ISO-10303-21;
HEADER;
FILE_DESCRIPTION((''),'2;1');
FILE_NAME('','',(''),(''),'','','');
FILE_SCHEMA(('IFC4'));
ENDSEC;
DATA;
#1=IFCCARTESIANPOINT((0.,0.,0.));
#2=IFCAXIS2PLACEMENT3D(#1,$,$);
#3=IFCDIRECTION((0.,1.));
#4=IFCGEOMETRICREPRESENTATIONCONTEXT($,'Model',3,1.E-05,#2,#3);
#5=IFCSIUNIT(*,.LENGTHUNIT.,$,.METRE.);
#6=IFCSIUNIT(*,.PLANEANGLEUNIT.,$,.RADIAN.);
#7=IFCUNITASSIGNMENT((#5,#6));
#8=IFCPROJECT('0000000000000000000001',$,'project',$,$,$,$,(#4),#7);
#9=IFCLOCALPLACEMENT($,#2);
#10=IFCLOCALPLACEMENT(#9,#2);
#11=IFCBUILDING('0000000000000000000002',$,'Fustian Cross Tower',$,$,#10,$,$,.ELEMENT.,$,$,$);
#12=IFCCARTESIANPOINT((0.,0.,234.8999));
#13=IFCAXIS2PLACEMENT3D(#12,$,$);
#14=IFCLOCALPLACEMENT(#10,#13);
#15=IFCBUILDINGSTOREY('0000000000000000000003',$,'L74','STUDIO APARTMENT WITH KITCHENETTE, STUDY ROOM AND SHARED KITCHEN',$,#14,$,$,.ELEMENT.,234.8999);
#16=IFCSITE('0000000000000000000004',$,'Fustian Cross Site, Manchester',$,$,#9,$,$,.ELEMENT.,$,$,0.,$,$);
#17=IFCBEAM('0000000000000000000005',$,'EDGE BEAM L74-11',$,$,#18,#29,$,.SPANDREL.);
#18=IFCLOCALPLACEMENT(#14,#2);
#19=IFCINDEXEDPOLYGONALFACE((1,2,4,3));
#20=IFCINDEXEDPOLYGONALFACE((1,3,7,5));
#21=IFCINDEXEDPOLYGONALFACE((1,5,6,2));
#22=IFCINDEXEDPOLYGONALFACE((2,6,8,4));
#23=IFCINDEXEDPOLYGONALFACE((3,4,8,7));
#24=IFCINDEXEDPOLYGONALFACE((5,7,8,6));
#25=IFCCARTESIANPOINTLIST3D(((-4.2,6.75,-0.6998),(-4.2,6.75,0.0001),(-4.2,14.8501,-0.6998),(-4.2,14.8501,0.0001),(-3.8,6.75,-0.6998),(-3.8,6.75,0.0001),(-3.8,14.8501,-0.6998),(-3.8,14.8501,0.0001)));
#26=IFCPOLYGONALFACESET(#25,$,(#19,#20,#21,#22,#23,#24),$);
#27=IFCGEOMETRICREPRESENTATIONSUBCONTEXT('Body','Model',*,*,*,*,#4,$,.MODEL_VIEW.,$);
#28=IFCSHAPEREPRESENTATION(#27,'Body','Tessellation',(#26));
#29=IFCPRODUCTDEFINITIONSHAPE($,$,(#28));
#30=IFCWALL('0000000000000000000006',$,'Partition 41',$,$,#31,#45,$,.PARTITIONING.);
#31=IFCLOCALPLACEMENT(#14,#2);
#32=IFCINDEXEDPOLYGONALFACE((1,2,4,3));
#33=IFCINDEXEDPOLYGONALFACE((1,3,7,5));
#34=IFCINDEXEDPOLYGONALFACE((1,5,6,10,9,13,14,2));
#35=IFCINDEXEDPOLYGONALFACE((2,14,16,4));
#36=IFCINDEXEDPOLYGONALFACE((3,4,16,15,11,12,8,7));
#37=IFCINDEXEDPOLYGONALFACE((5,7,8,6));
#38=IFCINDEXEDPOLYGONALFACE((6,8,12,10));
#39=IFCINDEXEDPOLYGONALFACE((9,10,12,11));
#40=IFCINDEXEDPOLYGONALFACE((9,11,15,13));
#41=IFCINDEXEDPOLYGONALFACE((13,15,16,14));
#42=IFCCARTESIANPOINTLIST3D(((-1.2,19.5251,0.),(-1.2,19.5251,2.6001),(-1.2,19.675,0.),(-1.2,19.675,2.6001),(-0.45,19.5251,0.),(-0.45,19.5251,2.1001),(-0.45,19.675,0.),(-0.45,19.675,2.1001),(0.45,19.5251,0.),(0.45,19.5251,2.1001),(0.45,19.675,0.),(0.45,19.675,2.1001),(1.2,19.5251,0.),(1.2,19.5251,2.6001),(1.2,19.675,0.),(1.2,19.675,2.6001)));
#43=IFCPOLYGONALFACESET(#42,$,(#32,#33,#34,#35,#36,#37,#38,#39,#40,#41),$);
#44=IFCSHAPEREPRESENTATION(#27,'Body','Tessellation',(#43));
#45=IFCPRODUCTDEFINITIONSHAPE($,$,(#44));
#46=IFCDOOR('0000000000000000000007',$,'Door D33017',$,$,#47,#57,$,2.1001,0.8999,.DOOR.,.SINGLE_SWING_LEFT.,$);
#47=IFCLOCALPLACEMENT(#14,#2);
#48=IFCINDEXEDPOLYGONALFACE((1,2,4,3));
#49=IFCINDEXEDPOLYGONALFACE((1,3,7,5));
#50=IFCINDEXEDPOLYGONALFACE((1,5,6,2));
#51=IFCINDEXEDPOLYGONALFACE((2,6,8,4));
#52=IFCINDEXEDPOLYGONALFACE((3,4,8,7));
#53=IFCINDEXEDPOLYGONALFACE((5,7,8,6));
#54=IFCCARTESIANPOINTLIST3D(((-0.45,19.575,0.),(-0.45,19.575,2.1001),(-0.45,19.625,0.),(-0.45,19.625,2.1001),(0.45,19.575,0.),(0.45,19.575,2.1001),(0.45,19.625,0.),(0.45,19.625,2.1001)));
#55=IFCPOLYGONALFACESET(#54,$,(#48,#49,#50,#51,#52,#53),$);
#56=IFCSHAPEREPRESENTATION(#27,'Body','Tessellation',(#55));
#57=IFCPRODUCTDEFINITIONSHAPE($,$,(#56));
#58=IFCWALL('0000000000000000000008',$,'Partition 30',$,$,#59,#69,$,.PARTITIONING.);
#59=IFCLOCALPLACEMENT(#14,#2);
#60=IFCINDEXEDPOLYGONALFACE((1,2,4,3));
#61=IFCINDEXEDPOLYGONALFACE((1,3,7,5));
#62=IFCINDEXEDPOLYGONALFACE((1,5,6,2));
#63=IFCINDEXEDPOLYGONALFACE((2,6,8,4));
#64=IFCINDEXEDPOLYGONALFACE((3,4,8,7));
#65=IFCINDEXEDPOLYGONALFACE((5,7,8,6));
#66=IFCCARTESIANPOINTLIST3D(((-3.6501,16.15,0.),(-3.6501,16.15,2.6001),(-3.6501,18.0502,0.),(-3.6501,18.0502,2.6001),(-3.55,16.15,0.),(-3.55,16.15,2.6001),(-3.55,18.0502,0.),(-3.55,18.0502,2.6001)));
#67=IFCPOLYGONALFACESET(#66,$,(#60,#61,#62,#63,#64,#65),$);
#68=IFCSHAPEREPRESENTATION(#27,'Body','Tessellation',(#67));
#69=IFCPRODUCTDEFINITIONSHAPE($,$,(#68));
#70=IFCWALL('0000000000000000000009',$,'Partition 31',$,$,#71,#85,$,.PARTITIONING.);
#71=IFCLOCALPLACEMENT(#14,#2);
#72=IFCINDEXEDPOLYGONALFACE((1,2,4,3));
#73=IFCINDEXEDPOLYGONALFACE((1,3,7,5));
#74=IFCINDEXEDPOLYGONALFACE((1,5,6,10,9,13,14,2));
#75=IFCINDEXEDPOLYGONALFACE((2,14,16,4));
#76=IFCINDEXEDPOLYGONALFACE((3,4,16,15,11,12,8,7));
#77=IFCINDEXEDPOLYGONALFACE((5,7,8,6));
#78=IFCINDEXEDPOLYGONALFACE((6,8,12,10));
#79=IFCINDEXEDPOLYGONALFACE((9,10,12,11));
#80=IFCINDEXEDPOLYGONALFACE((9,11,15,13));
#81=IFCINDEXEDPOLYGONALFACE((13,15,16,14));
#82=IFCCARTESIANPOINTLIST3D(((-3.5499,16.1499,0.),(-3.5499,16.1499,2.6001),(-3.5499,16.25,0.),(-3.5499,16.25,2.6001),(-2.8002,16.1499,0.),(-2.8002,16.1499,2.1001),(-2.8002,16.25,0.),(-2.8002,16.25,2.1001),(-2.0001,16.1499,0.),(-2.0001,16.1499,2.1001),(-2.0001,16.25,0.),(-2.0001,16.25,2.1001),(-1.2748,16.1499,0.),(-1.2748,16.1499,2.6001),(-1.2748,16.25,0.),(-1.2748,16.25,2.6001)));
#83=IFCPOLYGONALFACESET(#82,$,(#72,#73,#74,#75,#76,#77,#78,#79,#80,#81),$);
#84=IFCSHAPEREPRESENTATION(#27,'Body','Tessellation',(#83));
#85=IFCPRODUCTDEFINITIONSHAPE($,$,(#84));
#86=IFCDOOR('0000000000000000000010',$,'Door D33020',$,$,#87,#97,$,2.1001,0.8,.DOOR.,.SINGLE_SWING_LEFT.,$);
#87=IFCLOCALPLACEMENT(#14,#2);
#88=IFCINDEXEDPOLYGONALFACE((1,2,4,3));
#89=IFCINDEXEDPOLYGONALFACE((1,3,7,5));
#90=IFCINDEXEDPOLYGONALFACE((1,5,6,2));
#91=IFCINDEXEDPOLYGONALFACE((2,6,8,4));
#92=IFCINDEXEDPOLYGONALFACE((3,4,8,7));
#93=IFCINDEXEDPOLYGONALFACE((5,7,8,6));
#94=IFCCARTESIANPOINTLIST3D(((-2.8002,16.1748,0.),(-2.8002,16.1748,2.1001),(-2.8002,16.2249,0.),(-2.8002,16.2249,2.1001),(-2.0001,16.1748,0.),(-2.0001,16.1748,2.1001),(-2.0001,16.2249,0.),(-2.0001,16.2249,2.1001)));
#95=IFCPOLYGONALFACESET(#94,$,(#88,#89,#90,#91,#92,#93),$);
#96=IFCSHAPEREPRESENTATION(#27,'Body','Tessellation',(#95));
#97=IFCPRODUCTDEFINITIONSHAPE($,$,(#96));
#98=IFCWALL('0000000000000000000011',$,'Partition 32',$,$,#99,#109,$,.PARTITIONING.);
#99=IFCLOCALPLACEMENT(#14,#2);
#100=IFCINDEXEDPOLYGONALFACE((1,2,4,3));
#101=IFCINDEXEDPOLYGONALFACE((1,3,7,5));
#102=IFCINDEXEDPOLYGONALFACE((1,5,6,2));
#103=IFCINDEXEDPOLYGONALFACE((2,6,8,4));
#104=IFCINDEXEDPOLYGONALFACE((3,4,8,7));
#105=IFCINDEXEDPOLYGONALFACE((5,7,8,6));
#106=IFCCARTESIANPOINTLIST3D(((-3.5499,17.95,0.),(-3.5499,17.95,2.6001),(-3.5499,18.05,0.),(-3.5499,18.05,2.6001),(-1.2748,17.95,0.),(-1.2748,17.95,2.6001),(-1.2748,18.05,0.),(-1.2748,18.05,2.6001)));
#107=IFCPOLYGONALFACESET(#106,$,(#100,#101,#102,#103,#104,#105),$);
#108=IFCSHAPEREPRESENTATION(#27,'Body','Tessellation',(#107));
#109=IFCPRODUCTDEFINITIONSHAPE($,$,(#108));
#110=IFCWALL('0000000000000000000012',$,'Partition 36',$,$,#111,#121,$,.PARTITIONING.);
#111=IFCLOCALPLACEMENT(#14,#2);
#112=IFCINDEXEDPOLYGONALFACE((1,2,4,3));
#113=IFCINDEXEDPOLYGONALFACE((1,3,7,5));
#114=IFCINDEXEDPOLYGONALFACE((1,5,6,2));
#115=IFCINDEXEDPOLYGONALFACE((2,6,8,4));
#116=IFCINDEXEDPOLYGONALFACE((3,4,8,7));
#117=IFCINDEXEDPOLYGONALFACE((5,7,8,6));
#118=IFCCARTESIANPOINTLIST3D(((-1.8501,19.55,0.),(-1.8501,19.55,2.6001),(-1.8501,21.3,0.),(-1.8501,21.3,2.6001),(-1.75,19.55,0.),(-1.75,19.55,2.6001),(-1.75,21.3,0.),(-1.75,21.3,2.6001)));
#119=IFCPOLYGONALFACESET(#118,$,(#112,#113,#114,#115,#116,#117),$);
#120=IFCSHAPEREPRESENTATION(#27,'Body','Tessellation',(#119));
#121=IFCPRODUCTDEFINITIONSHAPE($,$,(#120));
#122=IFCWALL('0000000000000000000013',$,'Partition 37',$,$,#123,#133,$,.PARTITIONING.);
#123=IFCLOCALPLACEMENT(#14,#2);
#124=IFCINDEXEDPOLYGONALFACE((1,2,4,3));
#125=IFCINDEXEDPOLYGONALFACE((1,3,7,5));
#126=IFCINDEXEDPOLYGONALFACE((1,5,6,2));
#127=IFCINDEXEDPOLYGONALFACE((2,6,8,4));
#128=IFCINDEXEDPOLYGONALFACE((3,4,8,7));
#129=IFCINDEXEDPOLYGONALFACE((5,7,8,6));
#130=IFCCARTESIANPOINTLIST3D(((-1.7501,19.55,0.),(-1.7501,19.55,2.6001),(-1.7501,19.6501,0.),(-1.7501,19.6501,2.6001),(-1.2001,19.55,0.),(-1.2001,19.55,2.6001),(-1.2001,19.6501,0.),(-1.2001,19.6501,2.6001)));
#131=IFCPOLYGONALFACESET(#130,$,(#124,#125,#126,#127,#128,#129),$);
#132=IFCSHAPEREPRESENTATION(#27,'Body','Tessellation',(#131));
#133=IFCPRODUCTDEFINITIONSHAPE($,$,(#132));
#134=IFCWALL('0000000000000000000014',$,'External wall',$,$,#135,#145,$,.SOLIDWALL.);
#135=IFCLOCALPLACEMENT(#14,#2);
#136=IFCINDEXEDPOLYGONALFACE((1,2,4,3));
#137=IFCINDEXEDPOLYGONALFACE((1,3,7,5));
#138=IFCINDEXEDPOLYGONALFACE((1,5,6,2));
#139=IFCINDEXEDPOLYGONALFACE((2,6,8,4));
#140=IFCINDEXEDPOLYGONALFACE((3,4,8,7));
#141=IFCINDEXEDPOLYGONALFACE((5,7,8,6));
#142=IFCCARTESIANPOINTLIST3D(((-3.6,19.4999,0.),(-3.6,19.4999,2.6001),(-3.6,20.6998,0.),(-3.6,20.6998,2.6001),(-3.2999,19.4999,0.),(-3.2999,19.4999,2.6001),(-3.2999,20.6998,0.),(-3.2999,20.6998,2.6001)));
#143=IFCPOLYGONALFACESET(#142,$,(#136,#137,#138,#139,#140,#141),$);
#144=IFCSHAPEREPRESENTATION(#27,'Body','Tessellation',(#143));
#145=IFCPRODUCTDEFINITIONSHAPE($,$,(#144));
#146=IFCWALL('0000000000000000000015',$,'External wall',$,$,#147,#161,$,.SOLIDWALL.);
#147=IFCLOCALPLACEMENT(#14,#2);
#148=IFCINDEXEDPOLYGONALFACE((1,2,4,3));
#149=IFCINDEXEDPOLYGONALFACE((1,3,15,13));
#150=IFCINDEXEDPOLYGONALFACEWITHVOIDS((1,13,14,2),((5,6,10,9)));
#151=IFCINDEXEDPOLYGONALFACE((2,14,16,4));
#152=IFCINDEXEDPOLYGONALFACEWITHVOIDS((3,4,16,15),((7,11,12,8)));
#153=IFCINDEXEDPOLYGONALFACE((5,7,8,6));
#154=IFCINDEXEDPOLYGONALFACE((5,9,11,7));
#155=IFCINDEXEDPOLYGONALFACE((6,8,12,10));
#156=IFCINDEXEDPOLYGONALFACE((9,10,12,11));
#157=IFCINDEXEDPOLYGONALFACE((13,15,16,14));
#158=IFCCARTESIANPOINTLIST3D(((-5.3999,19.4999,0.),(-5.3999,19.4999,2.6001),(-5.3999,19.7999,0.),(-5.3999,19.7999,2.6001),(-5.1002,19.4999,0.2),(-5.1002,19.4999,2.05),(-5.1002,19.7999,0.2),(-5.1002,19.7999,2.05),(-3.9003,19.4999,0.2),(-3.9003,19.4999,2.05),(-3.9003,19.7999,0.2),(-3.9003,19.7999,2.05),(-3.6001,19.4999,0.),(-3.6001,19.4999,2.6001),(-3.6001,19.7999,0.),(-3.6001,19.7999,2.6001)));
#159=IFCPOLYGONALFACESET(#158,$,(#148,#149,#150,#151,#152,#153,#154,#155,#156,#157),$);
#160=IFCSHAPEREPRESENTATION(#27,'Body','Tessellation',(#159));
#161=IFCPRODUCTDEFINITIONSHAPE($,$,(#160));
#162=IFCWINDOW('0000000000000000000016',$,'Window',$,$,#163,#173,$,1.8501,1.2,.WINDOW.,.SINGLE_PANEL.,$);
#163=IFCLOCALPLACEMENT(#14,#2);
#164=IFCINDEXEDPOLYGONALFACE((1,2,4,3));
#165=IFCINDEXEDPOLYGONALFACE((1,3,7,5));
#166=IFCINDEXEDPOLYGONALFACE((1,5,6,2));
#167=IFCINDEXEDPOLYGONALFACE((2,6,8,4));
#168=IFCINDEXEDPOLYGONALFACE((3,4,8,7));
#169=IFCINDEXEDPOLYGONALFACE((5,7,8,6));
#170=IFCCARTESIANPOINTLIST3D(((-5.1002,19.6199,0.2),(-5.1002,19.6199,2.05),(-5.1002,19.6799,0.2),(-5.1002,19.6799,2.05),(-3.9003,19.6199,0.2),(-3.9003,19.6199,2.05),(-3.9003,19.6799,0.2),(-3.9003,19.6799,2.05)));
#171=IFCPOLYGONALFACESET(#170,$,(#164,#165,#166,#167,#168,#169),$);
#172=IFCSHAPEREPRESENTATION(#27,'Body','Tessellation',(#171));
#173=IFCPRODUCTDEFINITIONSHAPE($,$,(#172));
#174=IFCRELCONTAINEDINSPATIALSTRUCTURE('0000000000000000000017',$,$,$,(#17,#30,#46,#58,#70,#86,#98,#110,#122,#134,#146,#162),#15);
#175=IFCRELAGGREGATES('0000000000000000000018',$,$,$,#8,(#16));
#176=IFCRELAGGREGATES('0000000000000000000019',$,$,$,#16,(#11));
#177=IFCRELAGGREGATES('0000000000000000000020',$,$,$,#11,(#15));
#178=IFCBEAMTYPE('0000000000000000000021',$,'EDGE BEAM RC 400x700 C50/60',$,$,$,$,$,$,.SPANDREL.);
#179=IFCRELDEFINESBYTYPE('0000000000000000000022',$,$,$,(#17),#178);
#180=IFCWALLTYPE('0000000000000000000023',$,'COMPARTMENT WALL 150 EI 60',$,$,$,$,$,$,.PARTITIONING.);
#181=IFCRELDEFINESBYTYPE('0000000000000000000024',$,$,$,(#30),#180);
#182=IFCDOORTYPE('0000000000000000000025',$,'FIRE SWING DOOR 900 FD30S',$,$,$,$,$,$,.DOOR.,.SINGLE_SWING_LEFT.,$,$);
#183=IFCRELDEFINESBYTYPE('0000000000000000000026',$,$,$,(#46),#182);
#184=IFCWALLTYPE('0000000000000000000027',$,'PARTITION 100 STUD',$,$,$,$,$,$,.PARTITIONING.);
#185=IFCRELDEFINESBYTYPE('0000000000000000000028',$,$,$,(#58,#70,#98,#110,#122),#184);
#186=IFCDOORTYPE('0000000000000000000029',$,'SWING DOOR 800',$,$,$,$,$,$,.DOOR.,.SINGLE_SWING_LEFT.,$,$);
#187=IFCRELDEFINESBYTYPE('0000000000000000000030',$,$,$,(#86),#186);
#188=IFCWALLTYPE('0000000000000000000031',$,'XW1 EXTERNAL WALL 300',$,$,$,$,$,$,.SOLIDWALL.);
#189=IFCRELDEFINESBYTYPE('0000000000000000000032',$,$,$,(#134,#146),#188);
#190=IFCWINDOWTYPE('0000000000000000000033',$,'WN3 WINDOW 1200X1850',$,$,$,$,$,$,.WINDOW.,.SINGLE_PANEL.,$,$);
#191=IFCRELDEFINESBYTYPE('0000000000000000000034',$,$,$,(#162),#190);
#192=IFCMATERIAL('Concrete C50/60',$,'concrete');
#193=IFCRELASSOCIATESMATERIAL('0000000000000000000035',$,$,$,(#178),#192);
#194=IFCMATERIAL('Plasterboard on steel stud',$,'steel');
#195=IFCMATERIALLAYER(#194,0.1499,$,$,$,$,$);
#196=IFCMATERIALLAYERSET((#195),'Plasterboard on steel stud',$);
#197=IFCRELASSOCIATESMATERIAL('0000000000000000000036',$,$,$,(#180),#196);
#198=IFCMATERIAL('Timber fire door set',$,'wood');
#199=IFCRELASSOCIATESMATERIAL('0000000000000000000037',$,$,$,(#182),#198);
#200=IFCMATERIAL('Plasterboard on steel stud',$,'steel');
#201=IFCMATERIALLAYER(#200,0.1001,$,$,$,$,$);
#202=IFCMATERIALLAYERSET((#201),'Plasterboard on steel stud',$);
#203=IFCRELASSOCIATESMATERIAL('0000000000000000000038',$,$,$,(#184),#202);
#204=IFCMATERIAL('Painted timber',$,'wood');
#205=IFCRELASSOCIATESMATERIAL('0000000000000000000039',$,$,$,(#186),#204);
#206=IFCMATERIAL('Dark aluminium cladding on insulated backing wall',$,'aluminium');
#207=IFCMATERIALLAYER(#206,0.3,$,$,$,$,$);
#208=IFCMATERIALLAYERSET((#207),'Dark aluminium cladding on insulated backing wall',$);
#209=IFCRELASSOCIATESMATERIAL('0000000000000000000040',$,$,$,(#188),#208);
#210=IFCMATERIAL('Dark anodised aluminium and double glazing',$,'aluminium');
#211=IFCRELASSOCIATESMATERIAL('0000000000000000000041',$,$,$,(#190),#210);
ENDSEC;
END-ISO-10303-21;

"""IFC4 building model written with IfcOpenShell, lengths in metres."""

from ifc_helpers import new_model, si_unit, direction, frame, frame_2d, origin, origin_2d, place, context, subcontext, project, spatial, rectangle, extrude, material, layer, layer_set, material_profile, profile_set, type_object, element, fill, save


model = new_model("IFC4")

# Units and contexts
model_context = context("Model", 3, precision=1e-05, world=origin(), true_north=direction((0.0, 1.0)))
body_context = subcontext(model_context, "Body", "Model", "MODEL_VIEW")
ifc_project = project(units=[si_unit("LENGTHUNIT", "METRE"), si_unit("PLANEANGLEUNIT", "RADIAN")], contexts=[model_context])

# Site, building, storey
site_placement = place(None, origin())
site = spatial("IfcSite", under=ifc_project, at=site_placement, Name="Fustian Cross Site, Manchester", CompositionType="ELEMENT", RefElevation=0.0)
building_placement = place(site_placement, origin())
building = spatial("IfcBuilding", under=site, at=building_placement, Name="Fustian Cross Tower", CompositionType="ELEMENT")
storey_placement = place(building_placement, frame((0.0, 0.0, 234.8999)))
storey = spatial("IfcBuildingStorey", under=building, at=storey_placement, Name="L74", Description="STUDIO APARTMENT WITH KITCHENETTE, STUDY ROOM AND SHARED KITCHEN", CompositionType="ELEMENT", Elevation=234.8999)

# Beam
ifc_material_1 = material(Name="Concrete C50/60", Category="concrete")
ifc_material_profile_1 = material_profile(ifc_material_1, rectangle(XDim=0.3999, YDim=0.7, at=origin_2d()), Name="RC 400x700")
ifc_profile_set_1 = profile_set([ifc_material_profile_1], Name="Concrete C50/60")
beam_type = type_object("IfcBeamType", Name="EDGE BEAM RC 400x700 C50/60", PredefinedType="SPANDREL", material=ifc_profile_set_1)
beam_1_placement = place(storey_placement, frame((-4.0, 14.8501, -0.3499), z_axis=(0.0, -1.0, 0.0), x_axis=(1.0, 0.0, 0.0)))
element("IfcBeam", 1, at=beam_1_placement, inside=storey, type_object=beam_type, Name="EDGE BEAM L74-11", PredefinedType="SPANDREL", context=body_context, shape_type="SweptSolid", body=[
    extrude(rectangle(XDim=0.3999, YDim=0.7, at=origin_2d()), origin(), (0.0, 0.0, 1.0), 8.1001),
])

# Wall, opening, door
ifc_material_2 = material(Name="Plasterboard on steel stud", Category="steel")
ifc_layer_1 = layer(ifc_material_2, 0.1499)
ifc_layer_set_1 = layer_set([ifc_layer_1], Name="Plasterboard on steel stud")
wall_type_1 = type_object("IfcWallType", Name="COMPARTMENT WALL 150 EI 60", PredefinedType="PARTITIONING", material=ifc_layer_set_1)
wall_1_placement = place(storey_placement, frame((-1.2, 19.6001, 0.0), z_axis=(0.0, 0.0, 1.0), x_axis=(1.0, 0.0, 0.0)))
wall_1 = element("IfcWall", 2, at=wall_1_placement, inside=storey, type_object=wall_type_1, Name="Partition 41", PredefinedType="PARTITIONING", context=body_context, shape_type="SweptSolid", body=[
    extrude(rectangle(XDim=2.3999, YDim=0.1499, at=frame_2d((1.2, 0.0))), origin(), (0.0, 0.0, 1.0), 2.6001),
])
opening_1_placement = place(wall_1_placement, frame((0.75, 0.0, 0.0)))
opening_1 = element("IfcOpeningElement", 3, at=opening_1_placement, cuts=wall_1, PredefinedType="OPENING", context=body_context, shape_type="SweptSolid", body=[
    extrude(rectangle(XDim=0.8999, YDim=2.1001, at=frame_2d((0.45, 1.05))), frame((0.0, 0.085, 0.0), z_axis=(0.0, -1.0, 0.0), x_axis=(1.0, 0.0, 0.0)), (0.0, 0.0, 1.0), 0.1699),
])
ifc_material_3 = material(Name="Timber fire door set", Category="wood")
door_type_1 = type_object("IfcDoorType", Name="FIRE SWING DOOR 900 FD30S", OperationType="SINGLE_SWING_LEFT", PredefinedType="DOOR", material=ifc_material_3)
door_1_placement = place(opening_1_placement, origin())
door_1 = element("IfcDoor", 4, at=door_1_placement, inside=storey, type_object=door_type_1, Name="Door D33017", OperationType="SINGLE_SWING_LEFT", OverallHeight=2.1001, OverallWidth=0.8999, PredefinedType="DOOR", context=body_context, shape_type="SweptSolid", body=[
    extrude(rectangle(XDim=0.8999, YDim=2.1001, at=frame_2d((0.45, 1.05))), frame((0.0, 0.0249, 0.0), z_axis=(0.0, -1.0, 0.0), x_axis=(1.0, 0.0, 0.0)), (0.0, 0.0, 1.0), 0.05),
])
fill(opening_1, door_1)

# Wall
ifc_material_4 = material(Name="Plasterboard on steel stud", Category="steel")
ifc_layer_2 = layer(ifc_material_4, 0.1001)
ifc_layer_set_2 = layer_set([ifc_layer_2], Name="Plasterboard on steel stud")
wall_type_2 = type_object("IfcWallType", Name="PARTITION 100 STUD", PredefinedType="PARTITIONING", material=ifc_layer_set_2)
wall_2_placement = place(storey_placement, frame((-3.6001, 16.1499, 0.0), z_axis=(0.0, 0.0, 1.0), x_axis=(0.0, 1.0, 0.0)))
element("IfcWall", 5, at=wall_2_placement, inside=storey, type_object=wall_type_2, Name="Partition 30", PredefinedType="PARTITIONING", context=body_context, shape_type="SweptSolid", body=[
    extrude(rectangle(XDim=1.9001, YDim=0.1001, at=frame_2d((0.9502, 0.0))), origin(), (0.0, 0.0, 1.0), 2.6001),
])

# Wall, opening, door
wall_3_placement = place(storey_placement, frame((-3.55, 16.2, 0.0), z_axis=(0.0, 0.0, 1.0), x_axis=(1.0, 0.0, 0.0)))
wall_3 = element("IfcWall", 6, at=wall_3_placement, inside=storey, type_object=wall_type_2, Name="Partition 31", PredefinedType="PARTITIONING", context=body_context, shape_type="SweptSolid", body=[
    extrude(rectangle(XDim=2.2751, YDim=0.1001, at=frame_2d((1.1377, 0.0))), origin(), (0.0, 0.0, 1.0), 2.6001),
])
opening_2_placement = place(wall_3_placement, frame((0.75, 0.0, 0.0)))
opening_2 = element("IfcOpeningElement", 7, at=opening_2_placement, cuts=wall_3, PredefinedType="OPENING", context=body_context, shape_type="SweptSolid", body=[
    extrude(rectangle(XDim=0.8, YDim=2.1001, at=frame_2d((0.3999, 1.05))), frame((0.0, 0.0601, 0.0), z_axis=(0.0, -1.0, 0.0), x_axis=(1.0, 0.0, 0.0)), (0.0, 0.0, 1.0), 0.1201),
])
ifc_material_5 = material(Name="Painted timber", Category="wood")
door_type_2 = type_object("IfcDoorType", Name="SWING DOOR 800", OperationType="SINGLE_SWING_LEFT", PredefinedType="DOOR", material=ifc_material_5)
door_2_placement = place(opening_2_placement, origin())
door_2 = element("IfcDoor", 8, at=door_2_placement, inside=storey, type_object=door_type_2, Name="Door D33020", OperationType="SINGLE_SWING_LEFT", OverallHeight=2.1001, OverallWidth=0.8, PredefinedType="DOOR", context=body_context, shape_type="SweptSolid", body=[
    extrude(rectangle(XDim=0.8, YDim=2.1001, at=frame_2d((0.3999, 1.05))), frame((0.0, 0.0249, 0.0), z_axis=(0.0, -1.0, 0.0), x_axis=(1.0, 0.0, 0.0)), (0.0, 0.0, 1.0), 0.05),
])
fill(opening_2, door_2)

# Walls
wall_4_placement = place(storey_placement, frame((-3.55, 18.0, 0.0), z_axis=(0.0, 0.0, 1.0), x_axis=(1.0, 0.0, 0.0)))
element("IfcWall", 9, at=wall_4_placement, inside=storey, type_object=wall_type_2, Name="Partition 32", PredefinedType="PARTITIONING", context=body_context, shape_type="SweptSolid", body=[
    extrude(rectangle(XDim=2.2751, YDim=0.1001, at=frame_2d((1.1377, 0.0))), origin(), (0.0, 0.0, 1.0), 2.6001),
])
wall_5_placement = place(storey_placement, frame((-1.8, 19.55, 0.0), z_axis=(0.0, 0.0, 1.0), x_axis=(0.0, 1.0, 0.0)))
element("IfcWall", 10, at=wall_5_placement, inside=storey, type_object=wall_type_2, Name="Partition 36", PredefinedType="PARTITIONING", context=body_context, shape_type="SweptSolid", body=[
    extrude(rectangle(XDim=1.75, YDim=0.1001, at=frame_2d((0.875, 0.0))), origin(), (0.0, 0.0, 1.0), 2.6001),
])
wall_6_placement = place(storey_placement, frame((-1.75, 19.6001, 0.0), z_axis=(0.0, 0.0, 1.0), x_axis=(1.0, 0.0, 0.0)))
element("IfcWall", 11, at=wall_6_placement, inside=storey, type_object=wall_type_2, Name="Partition 37", PredefinedType="PARTITIONING", context=body_context, shape_type="SweptSolid", body=[
    extrude(rectangle(XDim=0.55, YDim=0.1001, at=frame_2d((0.2749, 0.0))), origin(), (0.0, 0.0, 1.0), 2.6001),
])
ifc_material_6 = material(Name="Dark aluminium cladding on insulated backing wall", Category="aluminium")
ifc_layer_3 = layer(ifc_material_6, 0.3)
ifc_layer_set_3 = layer_set([ifc_layer_3], Name="Dark aluminium cladding on insulated backing wall")
wall_type_3 = type_object("IfcWallType", Name="XW1 EXTERNAL WALL 300", PredefinedType="SOLIDWALL", material=ifc_layer_set_3)
wall_7_placement = place(storey_placement, frame((-3.45, 20.7, 0.0), z_axis=(0.0, 0.0, 1.0), x_axis=(0.0, -1.0, 0.0)))
element("IfcWall", 12, at=wall_7_placement, inside=storey, type_object=wall_type_3, Name="External wall", PredefinedType="SOLIDWALL", context=body_context, shape_type="SweptSolid", body=[
    extrude(rectangle(XDim=1.2, YDim=0.3, at=frame_2d((0.6001, 0.0))), origin(), (0.0, 0.0, 1.0), 2.6001),
])

# Wall, opening, window
wall_8_placement = place(storey_placement, frame((-3.6001, 19.6499, 0.0), z_axis=(0.0, 0.0, 1.0), x_axis=(-1.0, 0.0, 0.0)))
wall_8 = element("IfcWall", 13, at=wall_8_placement, inside=storey, type_object=wall_type_3, Name="External wall", PredefinedType="SOLIDWALL", context=body_context, shape_type="SweptSolid", body=[
    extrude(rectangle(XDim=1.7998, YDim=0.3, at=frame_2d((0.8999, 0.0))), origin(), (0.0, 0.0, 1.0), 2.6001),
])
opening_3_placement = place(wall_8_placement, frame((0.3, 0.0, 0.2)))
opening_3 = element("IfcOpeningElement", 14, at=opening_3_placement, cuts=wall_8, PredefinedType="OPENING", context=body_context, shape_type="SweptSolid", body=[
    extrude(rectangle(XDim=1.2, YDim=1.8501, at=frame_2d((0.6001, 0.925))), frame((0.0, 0.1599, 0.0), z_axis=(0.0, -1.0, 0.0), x_axis=(1.0, 0.0, 0.0)), (0.0, 0.0, 1.0), 0.3201),
])
ifc_material_7 = material(Name="Dark anodised aluminium and double glazing", Category="aluminium")
window_type = type_object("IfcWindowType", Name="WN3 WINDOW 1200X1850", PartitioningType="SINGLE_PANEL", PredefinedType="WINDOW", material=ifc_material_7)
window_1_placement = place(opening_3_placement, origin())
window_1 = element("IfcWindow", 15, at=window_1_placement, inside=storey, type_object=window_type, Name="Window", OverallHeight=1.8501, OverallWidth=1.2, PartitioningType="SINGLE_PANEL", PredefinedType="WINDOW", context=body_context, shape_type="SweptSolid", body=[
    extrude(rectangle(XDim=1.2, YDim=1.8501, at=frame_2d((0.6001, 0.925))), frame((0.0, 0.03, 0.0), z_axis=(0.0, -1.0, 0.0), x_axis=(1.0, 0.0, 0.0)), (0.0, 0.0, 1.0), 0.0601),
])
fill(opening_3, window_1)

save(model, "model.ifc")
